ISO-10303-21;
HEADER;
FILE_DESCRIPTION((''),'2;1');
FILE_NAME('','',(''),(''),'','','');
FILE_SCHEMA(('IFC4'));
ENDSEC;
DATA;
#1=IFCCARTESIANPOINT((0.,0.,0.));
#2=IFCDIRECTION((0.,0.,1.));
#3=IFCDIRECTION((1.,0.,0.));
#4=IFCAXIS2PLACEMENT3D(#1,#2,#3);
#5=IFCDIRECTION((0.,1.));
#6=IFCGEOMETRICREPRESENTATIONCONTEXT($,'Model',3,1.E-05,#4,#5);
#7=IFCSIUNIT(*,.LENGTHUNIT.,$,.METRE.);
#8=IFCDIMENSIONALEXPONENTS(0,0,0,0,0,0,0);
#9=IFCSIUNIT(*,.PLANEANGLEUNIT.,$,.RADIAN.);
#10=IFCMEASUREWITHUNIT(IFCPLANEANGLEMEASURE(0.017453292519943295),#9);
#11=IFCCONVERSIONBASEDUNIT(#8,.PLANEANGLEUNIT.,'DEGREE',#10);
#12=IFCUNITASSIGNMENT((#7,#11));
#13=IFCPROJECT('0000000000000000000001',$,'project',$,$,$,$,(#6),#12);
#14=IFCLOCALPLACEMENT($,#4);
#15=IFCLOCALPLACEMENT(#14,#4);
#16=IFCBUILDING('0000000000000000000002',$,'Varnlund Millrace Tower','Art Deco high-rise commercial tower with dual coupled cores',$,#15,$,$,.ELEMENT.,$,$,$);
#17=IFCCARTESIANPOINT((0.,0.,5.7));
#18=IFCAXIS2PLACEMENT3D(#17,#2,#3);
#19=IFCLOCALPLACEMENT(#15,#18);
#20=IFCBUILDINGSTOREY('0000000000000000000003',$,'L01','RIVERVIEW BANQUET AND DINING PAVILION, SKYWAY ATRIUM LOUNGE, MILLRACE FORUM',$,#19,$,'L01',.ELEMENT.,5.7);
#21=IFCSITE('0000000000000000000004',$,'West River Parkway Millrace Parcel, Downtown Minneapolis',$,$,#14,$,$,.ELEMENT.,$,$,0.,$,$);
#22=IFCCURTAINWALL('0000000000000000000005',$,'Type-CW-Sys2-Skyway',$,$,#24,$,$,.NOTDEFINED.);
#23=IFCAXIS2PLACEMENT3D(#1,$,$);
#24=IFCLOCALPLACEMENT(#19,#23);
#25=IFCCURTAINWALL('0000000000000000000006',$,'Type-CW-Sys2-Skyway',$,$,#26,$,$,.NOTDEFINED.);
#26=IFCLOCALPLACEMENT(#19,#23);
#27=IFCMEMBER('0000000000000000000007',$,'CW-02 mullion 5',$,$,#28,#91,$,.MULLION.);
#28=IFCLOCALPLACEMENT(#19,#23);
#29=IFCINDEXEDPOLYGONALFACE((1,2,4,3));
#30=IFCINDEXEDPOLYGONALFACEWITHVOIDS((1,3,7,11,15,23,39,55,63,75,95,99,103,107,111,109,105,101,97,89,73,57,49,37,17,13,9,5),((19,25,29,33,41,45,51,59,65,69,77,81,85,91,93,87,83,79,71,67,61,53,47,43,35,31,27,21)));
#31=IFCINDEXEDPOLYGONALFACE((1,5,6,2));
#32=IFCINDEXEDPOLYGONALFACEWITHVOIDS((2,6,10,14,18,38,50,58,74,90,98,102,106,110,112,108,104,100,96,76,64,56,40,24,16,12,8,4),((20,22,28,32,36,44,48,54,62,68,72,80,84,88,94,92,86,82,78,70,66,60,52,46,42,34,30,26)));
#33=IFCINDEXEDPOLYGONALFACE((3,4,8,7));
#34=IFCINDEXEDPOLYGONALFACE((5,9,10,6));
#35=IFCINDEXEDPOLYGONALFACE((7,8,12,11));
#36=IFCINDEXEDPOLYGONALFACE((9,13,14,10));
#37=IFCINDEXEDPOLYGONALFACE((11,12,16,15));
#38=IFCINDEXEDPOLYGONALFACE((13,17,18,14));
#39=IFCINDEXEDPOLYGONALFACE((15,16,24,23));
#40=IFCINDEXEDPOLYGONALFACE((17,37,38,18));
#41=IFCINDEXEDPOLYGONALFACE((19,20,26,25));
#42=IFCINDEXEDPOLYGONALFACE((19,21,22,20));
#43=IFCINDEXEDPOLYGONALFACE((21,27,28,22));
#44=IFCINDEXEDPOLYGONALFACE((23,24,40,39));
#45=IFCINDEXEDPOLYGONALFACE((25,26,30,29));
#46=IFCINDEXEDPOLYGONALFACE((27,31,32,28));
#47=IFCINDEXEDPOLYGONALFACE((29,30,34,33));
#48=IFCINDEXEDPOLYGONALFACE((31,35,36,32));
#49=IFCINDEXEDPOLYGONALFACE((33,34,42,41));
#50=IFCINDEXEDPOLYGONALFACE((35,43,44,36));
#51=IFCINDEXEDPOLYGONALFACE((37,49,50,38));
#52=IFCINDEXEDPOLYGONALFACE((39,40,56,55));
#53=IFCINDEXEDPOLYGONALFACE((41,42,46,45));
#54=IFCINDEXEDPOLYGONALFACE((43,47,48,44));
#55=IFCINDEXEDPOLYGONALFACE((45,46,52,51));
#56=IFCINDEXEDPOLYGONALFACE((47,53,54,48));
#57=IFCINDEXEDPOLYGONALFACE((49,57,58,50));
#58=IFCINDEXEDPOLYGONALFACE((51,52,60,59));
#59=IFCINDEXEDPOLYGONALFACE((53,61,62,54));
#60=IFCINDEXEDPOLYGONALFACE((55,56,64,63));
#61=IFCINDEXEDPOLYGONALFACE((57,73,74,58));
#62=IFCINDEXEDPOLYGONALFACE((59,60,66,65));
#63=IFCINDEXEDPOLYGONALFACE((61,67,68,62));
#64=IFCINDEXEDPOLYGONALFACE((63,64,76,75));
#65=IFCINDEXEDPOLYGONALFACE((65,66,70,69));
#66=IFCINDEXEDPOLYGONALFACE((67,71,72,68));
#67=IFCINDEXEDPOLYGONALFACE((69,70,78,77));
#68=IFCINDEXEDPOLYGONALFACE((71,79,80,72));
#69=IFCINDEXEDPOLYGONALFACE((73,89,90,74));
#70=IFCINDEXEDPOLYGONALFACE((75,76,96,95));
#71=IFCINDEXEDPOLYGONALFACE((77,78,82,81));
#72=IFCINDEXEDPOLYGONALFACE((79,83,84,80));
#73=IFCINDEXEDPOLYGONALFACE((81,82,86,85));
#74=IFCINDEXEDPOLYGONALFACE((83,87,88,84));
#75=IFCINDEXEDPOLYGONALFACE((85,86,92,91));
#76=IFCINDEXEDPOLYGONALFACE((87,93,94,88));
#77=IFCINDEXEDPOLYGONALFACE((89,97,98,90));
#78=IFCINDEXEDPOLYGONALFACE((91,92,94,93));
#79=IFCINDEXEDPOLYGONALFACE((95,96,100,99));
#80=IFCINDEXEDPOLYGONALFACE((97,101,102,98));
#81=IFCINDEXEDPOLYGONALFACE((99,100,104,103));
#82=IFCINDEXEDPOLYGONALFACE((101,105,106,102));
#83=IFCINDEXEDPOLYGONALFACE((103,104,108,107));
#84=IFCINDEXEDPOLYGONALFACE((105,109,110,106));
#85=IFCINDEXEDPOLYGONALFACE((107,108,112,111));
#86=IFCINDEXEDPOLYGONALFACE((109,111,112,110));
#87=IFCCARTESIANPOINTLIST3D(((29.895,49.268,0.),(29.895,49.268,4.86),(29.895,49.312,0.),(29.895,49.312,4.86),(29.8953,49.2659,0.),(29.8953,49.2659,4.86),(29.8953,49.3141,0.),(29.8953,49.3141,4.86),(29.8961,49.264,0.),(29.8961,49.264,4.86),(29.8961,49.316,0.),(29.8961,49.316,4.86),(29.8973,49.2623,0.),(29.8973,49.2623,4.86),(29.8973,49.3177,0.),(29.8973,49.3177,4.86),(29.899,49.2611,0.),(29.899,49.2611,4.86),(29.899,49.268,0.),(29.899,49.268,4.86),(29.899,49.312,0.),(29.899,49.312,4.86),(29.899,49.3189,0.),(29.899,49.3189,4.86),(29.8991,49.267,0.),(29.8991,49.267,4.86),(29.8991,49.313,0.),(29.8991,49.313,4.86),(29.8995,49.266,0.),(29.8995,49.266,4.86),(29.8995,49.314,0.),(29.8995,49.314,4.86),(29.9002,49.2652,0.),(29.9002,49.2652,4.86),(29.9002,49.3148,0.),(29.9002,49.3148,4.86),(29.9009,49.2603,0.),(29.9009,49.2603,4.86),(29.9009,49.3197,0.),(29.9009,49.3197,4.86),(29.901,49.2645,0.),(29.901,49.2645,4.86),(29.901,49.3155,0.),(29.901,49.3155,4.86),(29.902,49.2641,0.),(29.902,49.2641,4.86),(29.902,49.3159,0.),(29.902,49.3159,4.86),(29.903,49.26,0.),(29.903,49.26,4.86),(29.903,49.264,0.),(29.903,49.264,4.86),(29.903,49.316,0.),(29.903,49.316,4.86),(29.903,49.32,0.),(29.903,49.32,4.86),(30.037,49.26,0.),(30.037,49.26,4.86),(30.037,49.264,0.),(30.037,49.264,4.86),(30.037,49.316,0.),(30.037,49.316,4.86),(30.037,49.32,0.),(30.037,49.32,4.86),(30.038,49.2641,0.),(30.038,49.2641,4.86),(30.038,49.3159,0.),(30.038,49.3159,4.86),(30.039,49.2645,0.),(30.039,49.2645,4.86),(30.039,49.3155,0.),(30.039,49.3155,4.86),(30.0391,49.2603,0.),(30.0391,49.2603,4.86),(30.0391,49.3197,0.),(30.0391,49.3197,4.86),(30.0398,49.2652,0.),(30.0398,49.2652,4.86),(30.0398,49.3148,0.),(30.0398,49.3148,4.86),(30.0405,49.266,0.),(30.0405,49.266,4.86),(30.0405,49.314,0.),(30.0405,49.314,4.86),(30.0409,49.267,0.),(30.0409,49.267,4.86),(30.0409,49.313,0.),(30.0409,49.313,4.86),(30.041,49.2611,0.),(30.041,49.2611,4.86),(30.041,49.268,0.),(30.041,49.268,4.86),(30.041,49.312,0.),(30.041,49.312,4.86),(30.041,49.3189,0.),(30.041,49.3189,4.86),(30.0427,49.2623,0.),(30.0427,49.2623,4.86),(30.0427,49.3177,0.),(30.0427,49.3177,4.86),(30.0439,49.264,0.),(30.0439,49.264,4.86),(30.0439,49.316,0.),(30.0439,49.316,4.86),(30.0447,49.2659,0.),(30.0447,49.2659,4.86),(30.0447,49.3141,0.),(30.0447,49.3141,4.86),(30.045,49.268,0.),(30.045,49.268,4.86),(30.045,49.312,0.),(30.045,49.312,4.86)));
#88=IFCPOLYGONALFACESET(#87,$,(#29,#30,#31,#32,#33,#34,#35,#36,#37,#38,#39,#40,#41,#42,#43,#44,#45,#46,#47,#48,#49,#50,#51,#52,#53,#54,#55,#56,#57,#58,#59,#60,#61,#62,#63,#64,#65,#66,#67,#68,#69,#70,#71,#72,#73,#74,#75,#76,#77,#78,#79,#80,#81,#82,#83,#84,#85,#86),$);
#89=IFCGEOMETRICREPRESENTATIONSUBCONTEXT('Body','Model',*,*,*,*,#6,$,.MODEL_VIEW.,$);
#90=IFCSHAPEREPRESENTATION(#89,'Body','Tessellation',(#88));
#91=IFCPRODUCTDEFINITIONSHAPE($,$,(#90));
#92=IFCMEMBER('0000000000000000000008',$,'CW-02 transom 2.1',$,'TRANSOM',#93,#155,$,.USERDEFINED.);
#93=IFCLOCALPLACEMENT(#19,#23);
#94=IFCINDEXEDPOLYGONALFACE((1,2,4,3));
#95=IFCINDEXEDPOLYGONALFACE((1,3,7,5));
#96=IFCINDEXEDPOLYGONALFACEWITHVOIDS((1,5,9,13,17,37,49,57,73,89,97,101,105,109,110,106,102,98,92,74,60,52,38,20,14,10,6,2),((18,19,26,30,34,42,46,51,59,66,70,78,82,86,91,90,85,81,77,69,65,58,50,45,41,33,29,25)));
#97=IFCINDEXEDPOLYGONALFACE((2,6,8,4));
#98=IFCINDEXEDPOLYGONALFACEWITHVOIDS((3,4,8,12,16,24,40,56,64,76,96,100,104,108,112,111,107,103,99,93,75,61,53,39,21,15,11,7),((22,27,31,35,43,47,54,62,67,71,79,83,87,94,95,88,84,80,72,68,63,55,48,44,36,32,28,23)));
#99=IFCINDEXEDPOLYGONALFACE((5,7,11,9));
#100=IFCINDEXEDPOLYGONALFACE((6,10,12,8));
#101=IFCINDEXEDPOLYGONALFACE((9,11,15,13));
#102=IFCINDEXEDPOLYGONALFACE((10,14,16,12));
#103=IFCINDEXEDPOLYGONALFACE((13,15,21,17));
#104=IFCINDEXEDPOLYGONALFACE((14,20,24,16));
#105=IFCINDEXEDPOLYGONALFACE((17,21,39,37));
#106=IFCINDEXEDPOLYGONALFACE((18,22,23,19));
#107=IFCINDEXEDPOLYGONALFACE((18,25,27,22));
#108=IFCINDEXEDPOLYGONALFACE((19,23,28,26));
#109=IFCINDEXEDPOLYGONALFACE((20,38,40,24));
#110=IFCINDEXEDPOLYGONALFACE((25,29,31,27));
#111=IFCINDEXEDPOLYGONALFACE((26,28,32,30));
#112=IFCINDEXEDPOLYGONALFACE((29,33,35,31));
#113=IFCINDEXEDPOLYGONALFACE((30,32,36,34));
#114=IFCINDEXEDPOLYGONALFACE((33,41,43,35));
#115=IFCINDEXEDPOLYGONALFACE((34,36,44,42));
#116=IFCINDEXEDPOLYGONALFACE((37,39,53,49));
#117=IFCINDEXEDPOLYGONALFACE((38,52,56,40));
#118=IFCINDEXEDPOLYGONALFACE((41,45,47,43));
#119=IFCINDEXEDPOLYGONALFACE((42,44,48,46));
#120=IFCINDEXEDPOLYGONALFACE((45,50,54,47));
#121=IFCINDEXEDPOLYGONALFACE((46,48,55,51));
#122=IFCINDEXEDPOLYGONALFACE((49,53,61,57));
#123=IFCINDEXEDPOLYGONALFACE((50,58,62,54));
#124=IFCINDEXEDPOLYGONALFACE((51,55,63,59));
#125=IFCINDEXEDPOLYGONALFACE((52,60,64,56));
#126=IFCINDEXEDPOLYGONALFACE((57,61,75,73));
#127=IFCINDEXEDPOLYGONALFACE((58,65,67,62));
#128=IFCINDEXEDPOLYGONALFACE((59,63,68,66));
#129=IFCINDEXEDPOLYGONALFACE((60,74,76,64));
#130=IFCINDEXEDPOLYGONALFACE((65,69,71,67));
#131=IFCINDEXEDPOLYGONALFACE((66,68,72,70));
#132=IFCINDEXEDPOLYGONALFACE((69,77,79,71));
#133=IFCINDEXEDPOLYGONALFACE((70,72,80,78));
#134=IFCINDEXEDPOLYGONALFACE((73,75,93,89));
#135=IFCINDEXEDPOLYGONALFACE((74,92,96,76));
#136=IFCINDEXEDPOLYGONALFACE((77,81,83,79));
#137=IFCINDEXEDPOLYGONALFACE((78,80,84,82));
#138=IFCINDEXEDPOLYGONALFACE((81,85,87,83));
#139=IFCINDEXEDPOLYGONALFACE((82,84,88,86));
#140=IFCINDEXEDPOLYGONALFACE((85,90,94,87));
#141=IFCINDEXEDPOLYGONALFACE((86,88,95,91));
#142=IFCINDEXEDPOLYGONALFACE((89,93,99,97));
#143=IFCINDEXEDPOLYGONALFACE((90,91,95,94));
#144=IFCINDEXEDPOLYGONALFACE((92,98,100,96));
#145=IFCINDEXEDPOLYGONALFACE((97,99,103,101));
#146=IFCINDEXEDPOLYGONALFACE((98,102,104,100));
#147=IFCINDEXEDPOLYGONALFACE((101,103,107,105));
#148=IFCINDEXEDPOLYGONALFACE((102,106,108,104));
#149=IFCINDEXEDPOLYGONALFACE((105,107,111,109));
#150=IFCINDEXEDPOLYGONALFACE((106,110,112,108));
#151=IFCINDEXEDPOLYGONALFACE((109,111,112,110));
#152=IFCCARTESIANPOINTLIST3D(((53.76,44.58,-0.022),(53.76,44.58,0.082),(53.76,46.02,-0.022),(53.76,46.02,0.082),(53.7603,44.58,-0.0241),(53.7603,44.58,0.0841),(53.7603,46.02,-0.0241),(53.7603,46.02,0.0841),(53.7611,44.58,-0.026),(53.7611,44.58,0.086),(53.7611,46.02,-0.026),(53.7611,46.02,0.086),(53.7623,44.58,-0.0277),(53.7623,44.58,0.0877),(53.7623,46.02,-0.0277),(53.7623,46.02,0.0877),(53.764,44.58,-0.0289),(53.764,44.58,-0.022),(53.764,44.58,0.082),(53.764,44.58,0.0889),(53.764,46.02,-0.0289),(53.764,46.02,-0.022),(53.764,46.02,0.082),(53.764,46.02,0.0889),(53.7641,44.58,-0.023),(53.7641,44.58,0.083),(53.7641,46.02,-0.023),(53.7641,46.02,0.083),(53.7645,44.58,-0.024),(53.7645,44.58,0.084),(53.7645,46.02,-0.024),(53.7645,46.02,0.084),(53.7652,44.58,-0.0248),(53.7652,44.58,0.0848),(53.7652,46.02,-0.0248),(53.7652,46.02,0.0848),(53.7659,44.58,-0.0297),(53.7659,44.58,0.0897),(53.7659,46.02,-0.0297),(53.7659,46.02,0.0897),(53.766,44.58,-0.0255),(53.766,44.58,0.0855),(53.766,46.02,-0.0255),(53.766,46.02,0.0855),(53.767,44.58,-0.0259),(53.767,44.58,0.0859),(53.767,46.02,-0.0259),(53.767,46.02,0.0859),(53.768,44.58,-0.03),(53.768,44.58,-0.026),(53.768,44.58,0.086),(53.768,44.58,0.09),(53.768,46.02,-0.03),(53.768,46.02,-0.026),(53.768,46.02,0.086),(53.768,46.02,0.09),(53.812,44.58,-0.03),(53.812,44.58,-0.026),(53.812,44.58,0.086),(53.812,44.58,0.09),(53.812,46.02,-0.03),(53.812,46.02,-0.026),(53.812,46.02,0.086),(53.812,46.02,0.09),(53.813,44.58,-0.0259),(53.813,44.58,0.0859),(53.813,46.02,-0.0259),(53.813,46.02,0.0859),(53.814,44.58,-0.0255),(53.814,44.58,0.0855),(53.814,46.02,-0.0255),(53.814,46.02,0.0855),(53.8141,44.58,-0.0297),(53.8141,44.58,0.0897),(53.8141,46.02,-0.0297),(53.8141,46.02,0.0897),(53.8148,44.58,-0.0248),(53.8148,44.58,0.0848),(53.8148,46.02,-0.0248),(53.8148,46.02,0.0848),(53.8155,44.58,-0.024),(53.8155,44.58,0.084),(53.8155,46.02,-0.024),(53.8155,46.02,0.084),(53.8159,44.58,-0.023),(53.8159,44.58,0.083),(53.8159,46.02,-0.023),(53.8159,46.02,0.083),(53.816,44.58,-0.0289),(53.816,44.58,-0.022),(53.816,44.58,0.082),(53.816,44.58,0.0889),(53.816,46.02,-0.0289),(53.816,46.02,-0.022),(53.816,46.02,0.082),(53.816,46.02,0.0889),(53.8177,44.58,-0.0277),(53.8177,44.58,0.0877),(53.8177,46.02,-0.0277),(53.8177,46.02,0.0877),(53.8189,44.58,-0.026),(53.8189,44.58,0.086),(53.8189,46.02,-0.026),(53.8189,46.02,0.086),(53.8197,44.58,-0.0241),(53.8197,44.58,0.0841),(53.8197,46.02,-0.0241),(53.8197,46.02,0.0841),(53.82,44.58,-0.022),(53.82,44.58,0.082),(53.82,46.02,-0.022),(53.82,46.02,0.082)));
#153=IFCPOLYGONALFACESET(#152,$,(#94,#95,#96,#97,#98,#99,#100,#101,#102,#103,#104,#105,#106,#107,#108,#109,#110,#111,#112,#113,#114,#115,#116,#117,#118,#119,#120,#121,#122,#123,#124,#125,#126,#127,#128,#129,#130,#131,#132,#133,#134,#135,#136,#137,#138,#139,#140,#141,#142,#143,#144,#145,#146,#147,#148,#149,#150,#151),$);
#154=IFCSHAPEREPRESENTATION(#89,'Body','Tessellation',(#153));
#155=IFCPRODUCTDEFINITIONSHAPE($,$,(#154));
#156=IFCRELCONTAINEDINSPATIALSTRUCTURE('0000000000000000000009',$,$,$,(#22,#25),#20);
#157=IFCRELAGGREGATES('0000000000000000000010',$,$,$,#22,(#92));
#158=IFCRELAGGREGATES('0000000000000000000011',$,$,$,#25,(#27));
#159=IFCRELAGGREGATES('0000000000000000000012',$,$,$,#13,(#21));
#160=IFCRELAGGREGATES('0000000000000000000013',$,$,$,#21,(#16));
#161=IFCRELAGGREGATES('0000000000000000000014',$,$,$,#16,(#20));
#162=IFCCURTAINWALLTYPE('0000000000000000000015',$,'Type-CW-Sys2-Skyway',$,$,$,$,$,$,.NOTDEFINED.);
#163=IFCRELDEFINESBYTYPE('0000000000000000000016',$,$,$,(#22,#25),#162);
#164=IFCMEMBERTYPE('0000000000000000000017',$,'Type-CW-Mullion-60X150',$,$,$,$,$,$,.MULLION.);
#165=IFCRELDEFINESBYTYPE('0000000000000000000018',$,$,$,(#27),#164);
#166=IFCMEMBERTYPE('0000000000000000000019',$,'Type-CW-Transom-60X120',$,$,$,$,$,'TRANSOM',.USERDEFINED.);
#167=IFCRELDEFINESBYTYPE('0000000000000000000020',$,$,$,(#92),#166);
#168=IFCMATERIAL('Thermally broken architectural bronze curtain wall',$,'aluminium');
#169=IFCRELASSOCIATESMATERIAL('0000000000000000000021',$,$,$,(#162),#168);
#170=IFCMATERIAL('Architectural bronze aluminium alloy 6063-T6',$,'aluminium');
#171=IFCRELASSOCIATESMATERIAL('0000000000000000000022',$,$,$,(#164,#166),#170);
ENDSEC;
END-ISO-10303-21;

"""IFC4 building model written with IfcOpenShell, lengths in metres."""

from ifc_helpers import new_model, entity, si_unit, converted_unit, direction, frame, origin_with_axes, origin_2d_with_axis, place, context, subcontext, project, spatial, hollow_rectangle, extrude, material, material_profile, profile_set, type_object, element, aggregate, save


model = new_model("IFC4")

# Units and contexts
model_context = context("Model", 3, precision=1e-05, world=origin_with_axes(), true_north=direction((0.0, 1.0)))
body_context = subcontext(model_context, "Body", "Model", "MODEL_VIEW")
ifc_project = project(units=[si_unit("LENGTHUNIT", "METRE"), converted_unit("PLANEANGLEUNIT", "DEGREE", entity("IfcPlaneAngleMeasure", 0.017453292519943295), si_unit("PLANEANGLEUNIT", "RADIAN"), dimensions=[0, 0, 0, 0, 0, 0, 0])], contexts=[model_context])

# Site, building, storey
site_placement = place(None, origin_with_axes())
site = spatial("IfcSite", under=ifc_project, at=site_placement, Name="West River Parkway Millrace Parcel, Downtown Minneapolis", CompositionType="ELEMENT", RefElevation=0.0)
building_placement = place(site_placement, origin_with_axes())
building = spatial("IfcBuilding", under=site, at=building_placement, Name="Varnlund Millrace Tower", Description="Art Deco high-rise commercial tower with dual coupled cores", CompositionType="ELEMENT")
storey_placement = place(building_placement, frame((0.0, 0.0, 5.7), z_axis=(0.0, 0.0, 1.0), x_axis=(1.0, 0.0, 0.0)))
storey = spatial("IfcBuildingStorey", under=building, at=storey_placement, Name="L01", Description="RIVERVIEW BANQUET AND DINING PAVILION, SKYWAY ATRIUM LOUNGE, MILLRACE FORUM", LongName="L01", CompositionType="ELEMENT", Elevation=5.7)

# Curtain walls, member
ifc_material_1 = material(Name="Thermally broken architectural bronze curtain wall", Category="aluminium")
curtain_wall_type = type_object("IfcCurtainWallType", Name="Type-CW-Sys2-Skyway", PredefinedType="NOTDEFINED", material=ifc_material_1)
curtain_wall_1_placement = place(storey_placement, frame((53.79, 47.55, 0.0), z_axis=(0.0, 0.0, 1.0), x_axis=(1.0, 0.0, 0.0)))
curtain_wall_1 = element("IfcCurtainWall", 1, at=curtain_wall_1_placement, inside=storey, type_object=curtain_wall_type, Name="Type-CW-Sys2-Skyway", PredefinedType="NOTDEFINED")
ifc_material_2 = material(Name="Architectural bronze aluminium alloy 6063-T6", Category="aluminium")
ifc_material_profile_1 = material_profile(ifc_material_2, hollow_rectangle(XDim=0.06, YDim=0.15, WallThickness=0.004, InnerFilletRadius=0.004, OuterFilletRadius=0.008, at=origin_2d_with_axis()), Name="Architectural bronze aluminium alloy 6063-T6")
ifc_profile_set_1 = profile_set([ifc_material_profile_1], Name="Architectural bronze aluminium alloy 6063-T6")
member_type_1 = type_object("IfcMemberType", Name="Type-CW-Mullion-60X150", PredefinedType="MULLION", material=ifc_profile_set_1)
curtain_wall_2_placement = place(storey_placement, frame((24.0, 49.29, 0.0), z_axis=(0.0, 0.0, 1.0), x_axis=(1.0, 0.0, 0.0)))
curtain_wall_2 = element("IfcCurtainWall", 2, at=curtain_wall_2_placement, inside=storey, type_object=curtain_wall_type, Name="Type-CW-Sys2-Skyway", PredefinedType="NOTDEFINED")
member_1_placement = place(storey_placement, frame((29.97, 49.29, 0.0), z_axis=(0.0, 0.0, 1.0), x_axis=(0.0, 1.0, 0.0)))
member_1 = element("IfcMember", 3, at=member_1_placement, type_object=member_type_1, Name="CW-02 mullion 5", PredefinedType="MULLION", context=body_context, shape_type="SweptSolid", body=[
    extrude(hollow_rectangle(XDim=0.06, YDim=0.15, WallThickness=0.004, InnerFilletRadius=0.004, OuterFilletRadius=0.008, at=origin_2d_with_axis()), origin_with_axes(), (0.0, 0.0, 1.0), 4.86),
])

# Member
ifc_material_profile_2 = material_profile(ifc_material_2, hollow_rectangle(XDim=0.06, YDim=0.12, WallThickness=0.004, InnerFilletRadius=0.004, OuterFilletRadius=0.008, at=origin_2d_with_axis()), Name="Architectural bronze aluminium alloy 6063-T6")
ifc_profile_set_2 = profile_set([ifc_material_profile_2], Name="Architectural bronze aluminium alloy 6063-T6")
member_type_2 = type_object("IfcMemberType", Name="Type-CW-Transom-60X120", ElementType="TRANSOM", PredefinedType="USERDEFINED", material=ifc_profile_set_2)
member_2_placement = place(storey_placement, frame((53.79, 46.02, 0.03), z_axis=(0.0, -1.0, 0.0), x_axis=(1.0, 0.0, 0.0)))
member_2 = element("IfcMember", 4, at=member_2_placement, type_object=member_type_2, Name="CW-02 transom 2.1", ObjectType="TRANSOM", PredefinedType="USERDEFINED", context=body_context, shape_type="SweptSolid", body=[
    extrude(hollow_rectangle(XDim=0.06, YDim=0.12, WallThickness=0.004, InnerFilletRadius=0.004, OuterFilletRadius=0.008, at=origin_2d_with_axis()), origin_with_axes(), (0.0, 0.0, 1.0), 1.44),
])

aggregate(curtain_wall_1, [member_2])
aggregate(curtain_wall_2, [member_1])

save(model, "model.ifc")
